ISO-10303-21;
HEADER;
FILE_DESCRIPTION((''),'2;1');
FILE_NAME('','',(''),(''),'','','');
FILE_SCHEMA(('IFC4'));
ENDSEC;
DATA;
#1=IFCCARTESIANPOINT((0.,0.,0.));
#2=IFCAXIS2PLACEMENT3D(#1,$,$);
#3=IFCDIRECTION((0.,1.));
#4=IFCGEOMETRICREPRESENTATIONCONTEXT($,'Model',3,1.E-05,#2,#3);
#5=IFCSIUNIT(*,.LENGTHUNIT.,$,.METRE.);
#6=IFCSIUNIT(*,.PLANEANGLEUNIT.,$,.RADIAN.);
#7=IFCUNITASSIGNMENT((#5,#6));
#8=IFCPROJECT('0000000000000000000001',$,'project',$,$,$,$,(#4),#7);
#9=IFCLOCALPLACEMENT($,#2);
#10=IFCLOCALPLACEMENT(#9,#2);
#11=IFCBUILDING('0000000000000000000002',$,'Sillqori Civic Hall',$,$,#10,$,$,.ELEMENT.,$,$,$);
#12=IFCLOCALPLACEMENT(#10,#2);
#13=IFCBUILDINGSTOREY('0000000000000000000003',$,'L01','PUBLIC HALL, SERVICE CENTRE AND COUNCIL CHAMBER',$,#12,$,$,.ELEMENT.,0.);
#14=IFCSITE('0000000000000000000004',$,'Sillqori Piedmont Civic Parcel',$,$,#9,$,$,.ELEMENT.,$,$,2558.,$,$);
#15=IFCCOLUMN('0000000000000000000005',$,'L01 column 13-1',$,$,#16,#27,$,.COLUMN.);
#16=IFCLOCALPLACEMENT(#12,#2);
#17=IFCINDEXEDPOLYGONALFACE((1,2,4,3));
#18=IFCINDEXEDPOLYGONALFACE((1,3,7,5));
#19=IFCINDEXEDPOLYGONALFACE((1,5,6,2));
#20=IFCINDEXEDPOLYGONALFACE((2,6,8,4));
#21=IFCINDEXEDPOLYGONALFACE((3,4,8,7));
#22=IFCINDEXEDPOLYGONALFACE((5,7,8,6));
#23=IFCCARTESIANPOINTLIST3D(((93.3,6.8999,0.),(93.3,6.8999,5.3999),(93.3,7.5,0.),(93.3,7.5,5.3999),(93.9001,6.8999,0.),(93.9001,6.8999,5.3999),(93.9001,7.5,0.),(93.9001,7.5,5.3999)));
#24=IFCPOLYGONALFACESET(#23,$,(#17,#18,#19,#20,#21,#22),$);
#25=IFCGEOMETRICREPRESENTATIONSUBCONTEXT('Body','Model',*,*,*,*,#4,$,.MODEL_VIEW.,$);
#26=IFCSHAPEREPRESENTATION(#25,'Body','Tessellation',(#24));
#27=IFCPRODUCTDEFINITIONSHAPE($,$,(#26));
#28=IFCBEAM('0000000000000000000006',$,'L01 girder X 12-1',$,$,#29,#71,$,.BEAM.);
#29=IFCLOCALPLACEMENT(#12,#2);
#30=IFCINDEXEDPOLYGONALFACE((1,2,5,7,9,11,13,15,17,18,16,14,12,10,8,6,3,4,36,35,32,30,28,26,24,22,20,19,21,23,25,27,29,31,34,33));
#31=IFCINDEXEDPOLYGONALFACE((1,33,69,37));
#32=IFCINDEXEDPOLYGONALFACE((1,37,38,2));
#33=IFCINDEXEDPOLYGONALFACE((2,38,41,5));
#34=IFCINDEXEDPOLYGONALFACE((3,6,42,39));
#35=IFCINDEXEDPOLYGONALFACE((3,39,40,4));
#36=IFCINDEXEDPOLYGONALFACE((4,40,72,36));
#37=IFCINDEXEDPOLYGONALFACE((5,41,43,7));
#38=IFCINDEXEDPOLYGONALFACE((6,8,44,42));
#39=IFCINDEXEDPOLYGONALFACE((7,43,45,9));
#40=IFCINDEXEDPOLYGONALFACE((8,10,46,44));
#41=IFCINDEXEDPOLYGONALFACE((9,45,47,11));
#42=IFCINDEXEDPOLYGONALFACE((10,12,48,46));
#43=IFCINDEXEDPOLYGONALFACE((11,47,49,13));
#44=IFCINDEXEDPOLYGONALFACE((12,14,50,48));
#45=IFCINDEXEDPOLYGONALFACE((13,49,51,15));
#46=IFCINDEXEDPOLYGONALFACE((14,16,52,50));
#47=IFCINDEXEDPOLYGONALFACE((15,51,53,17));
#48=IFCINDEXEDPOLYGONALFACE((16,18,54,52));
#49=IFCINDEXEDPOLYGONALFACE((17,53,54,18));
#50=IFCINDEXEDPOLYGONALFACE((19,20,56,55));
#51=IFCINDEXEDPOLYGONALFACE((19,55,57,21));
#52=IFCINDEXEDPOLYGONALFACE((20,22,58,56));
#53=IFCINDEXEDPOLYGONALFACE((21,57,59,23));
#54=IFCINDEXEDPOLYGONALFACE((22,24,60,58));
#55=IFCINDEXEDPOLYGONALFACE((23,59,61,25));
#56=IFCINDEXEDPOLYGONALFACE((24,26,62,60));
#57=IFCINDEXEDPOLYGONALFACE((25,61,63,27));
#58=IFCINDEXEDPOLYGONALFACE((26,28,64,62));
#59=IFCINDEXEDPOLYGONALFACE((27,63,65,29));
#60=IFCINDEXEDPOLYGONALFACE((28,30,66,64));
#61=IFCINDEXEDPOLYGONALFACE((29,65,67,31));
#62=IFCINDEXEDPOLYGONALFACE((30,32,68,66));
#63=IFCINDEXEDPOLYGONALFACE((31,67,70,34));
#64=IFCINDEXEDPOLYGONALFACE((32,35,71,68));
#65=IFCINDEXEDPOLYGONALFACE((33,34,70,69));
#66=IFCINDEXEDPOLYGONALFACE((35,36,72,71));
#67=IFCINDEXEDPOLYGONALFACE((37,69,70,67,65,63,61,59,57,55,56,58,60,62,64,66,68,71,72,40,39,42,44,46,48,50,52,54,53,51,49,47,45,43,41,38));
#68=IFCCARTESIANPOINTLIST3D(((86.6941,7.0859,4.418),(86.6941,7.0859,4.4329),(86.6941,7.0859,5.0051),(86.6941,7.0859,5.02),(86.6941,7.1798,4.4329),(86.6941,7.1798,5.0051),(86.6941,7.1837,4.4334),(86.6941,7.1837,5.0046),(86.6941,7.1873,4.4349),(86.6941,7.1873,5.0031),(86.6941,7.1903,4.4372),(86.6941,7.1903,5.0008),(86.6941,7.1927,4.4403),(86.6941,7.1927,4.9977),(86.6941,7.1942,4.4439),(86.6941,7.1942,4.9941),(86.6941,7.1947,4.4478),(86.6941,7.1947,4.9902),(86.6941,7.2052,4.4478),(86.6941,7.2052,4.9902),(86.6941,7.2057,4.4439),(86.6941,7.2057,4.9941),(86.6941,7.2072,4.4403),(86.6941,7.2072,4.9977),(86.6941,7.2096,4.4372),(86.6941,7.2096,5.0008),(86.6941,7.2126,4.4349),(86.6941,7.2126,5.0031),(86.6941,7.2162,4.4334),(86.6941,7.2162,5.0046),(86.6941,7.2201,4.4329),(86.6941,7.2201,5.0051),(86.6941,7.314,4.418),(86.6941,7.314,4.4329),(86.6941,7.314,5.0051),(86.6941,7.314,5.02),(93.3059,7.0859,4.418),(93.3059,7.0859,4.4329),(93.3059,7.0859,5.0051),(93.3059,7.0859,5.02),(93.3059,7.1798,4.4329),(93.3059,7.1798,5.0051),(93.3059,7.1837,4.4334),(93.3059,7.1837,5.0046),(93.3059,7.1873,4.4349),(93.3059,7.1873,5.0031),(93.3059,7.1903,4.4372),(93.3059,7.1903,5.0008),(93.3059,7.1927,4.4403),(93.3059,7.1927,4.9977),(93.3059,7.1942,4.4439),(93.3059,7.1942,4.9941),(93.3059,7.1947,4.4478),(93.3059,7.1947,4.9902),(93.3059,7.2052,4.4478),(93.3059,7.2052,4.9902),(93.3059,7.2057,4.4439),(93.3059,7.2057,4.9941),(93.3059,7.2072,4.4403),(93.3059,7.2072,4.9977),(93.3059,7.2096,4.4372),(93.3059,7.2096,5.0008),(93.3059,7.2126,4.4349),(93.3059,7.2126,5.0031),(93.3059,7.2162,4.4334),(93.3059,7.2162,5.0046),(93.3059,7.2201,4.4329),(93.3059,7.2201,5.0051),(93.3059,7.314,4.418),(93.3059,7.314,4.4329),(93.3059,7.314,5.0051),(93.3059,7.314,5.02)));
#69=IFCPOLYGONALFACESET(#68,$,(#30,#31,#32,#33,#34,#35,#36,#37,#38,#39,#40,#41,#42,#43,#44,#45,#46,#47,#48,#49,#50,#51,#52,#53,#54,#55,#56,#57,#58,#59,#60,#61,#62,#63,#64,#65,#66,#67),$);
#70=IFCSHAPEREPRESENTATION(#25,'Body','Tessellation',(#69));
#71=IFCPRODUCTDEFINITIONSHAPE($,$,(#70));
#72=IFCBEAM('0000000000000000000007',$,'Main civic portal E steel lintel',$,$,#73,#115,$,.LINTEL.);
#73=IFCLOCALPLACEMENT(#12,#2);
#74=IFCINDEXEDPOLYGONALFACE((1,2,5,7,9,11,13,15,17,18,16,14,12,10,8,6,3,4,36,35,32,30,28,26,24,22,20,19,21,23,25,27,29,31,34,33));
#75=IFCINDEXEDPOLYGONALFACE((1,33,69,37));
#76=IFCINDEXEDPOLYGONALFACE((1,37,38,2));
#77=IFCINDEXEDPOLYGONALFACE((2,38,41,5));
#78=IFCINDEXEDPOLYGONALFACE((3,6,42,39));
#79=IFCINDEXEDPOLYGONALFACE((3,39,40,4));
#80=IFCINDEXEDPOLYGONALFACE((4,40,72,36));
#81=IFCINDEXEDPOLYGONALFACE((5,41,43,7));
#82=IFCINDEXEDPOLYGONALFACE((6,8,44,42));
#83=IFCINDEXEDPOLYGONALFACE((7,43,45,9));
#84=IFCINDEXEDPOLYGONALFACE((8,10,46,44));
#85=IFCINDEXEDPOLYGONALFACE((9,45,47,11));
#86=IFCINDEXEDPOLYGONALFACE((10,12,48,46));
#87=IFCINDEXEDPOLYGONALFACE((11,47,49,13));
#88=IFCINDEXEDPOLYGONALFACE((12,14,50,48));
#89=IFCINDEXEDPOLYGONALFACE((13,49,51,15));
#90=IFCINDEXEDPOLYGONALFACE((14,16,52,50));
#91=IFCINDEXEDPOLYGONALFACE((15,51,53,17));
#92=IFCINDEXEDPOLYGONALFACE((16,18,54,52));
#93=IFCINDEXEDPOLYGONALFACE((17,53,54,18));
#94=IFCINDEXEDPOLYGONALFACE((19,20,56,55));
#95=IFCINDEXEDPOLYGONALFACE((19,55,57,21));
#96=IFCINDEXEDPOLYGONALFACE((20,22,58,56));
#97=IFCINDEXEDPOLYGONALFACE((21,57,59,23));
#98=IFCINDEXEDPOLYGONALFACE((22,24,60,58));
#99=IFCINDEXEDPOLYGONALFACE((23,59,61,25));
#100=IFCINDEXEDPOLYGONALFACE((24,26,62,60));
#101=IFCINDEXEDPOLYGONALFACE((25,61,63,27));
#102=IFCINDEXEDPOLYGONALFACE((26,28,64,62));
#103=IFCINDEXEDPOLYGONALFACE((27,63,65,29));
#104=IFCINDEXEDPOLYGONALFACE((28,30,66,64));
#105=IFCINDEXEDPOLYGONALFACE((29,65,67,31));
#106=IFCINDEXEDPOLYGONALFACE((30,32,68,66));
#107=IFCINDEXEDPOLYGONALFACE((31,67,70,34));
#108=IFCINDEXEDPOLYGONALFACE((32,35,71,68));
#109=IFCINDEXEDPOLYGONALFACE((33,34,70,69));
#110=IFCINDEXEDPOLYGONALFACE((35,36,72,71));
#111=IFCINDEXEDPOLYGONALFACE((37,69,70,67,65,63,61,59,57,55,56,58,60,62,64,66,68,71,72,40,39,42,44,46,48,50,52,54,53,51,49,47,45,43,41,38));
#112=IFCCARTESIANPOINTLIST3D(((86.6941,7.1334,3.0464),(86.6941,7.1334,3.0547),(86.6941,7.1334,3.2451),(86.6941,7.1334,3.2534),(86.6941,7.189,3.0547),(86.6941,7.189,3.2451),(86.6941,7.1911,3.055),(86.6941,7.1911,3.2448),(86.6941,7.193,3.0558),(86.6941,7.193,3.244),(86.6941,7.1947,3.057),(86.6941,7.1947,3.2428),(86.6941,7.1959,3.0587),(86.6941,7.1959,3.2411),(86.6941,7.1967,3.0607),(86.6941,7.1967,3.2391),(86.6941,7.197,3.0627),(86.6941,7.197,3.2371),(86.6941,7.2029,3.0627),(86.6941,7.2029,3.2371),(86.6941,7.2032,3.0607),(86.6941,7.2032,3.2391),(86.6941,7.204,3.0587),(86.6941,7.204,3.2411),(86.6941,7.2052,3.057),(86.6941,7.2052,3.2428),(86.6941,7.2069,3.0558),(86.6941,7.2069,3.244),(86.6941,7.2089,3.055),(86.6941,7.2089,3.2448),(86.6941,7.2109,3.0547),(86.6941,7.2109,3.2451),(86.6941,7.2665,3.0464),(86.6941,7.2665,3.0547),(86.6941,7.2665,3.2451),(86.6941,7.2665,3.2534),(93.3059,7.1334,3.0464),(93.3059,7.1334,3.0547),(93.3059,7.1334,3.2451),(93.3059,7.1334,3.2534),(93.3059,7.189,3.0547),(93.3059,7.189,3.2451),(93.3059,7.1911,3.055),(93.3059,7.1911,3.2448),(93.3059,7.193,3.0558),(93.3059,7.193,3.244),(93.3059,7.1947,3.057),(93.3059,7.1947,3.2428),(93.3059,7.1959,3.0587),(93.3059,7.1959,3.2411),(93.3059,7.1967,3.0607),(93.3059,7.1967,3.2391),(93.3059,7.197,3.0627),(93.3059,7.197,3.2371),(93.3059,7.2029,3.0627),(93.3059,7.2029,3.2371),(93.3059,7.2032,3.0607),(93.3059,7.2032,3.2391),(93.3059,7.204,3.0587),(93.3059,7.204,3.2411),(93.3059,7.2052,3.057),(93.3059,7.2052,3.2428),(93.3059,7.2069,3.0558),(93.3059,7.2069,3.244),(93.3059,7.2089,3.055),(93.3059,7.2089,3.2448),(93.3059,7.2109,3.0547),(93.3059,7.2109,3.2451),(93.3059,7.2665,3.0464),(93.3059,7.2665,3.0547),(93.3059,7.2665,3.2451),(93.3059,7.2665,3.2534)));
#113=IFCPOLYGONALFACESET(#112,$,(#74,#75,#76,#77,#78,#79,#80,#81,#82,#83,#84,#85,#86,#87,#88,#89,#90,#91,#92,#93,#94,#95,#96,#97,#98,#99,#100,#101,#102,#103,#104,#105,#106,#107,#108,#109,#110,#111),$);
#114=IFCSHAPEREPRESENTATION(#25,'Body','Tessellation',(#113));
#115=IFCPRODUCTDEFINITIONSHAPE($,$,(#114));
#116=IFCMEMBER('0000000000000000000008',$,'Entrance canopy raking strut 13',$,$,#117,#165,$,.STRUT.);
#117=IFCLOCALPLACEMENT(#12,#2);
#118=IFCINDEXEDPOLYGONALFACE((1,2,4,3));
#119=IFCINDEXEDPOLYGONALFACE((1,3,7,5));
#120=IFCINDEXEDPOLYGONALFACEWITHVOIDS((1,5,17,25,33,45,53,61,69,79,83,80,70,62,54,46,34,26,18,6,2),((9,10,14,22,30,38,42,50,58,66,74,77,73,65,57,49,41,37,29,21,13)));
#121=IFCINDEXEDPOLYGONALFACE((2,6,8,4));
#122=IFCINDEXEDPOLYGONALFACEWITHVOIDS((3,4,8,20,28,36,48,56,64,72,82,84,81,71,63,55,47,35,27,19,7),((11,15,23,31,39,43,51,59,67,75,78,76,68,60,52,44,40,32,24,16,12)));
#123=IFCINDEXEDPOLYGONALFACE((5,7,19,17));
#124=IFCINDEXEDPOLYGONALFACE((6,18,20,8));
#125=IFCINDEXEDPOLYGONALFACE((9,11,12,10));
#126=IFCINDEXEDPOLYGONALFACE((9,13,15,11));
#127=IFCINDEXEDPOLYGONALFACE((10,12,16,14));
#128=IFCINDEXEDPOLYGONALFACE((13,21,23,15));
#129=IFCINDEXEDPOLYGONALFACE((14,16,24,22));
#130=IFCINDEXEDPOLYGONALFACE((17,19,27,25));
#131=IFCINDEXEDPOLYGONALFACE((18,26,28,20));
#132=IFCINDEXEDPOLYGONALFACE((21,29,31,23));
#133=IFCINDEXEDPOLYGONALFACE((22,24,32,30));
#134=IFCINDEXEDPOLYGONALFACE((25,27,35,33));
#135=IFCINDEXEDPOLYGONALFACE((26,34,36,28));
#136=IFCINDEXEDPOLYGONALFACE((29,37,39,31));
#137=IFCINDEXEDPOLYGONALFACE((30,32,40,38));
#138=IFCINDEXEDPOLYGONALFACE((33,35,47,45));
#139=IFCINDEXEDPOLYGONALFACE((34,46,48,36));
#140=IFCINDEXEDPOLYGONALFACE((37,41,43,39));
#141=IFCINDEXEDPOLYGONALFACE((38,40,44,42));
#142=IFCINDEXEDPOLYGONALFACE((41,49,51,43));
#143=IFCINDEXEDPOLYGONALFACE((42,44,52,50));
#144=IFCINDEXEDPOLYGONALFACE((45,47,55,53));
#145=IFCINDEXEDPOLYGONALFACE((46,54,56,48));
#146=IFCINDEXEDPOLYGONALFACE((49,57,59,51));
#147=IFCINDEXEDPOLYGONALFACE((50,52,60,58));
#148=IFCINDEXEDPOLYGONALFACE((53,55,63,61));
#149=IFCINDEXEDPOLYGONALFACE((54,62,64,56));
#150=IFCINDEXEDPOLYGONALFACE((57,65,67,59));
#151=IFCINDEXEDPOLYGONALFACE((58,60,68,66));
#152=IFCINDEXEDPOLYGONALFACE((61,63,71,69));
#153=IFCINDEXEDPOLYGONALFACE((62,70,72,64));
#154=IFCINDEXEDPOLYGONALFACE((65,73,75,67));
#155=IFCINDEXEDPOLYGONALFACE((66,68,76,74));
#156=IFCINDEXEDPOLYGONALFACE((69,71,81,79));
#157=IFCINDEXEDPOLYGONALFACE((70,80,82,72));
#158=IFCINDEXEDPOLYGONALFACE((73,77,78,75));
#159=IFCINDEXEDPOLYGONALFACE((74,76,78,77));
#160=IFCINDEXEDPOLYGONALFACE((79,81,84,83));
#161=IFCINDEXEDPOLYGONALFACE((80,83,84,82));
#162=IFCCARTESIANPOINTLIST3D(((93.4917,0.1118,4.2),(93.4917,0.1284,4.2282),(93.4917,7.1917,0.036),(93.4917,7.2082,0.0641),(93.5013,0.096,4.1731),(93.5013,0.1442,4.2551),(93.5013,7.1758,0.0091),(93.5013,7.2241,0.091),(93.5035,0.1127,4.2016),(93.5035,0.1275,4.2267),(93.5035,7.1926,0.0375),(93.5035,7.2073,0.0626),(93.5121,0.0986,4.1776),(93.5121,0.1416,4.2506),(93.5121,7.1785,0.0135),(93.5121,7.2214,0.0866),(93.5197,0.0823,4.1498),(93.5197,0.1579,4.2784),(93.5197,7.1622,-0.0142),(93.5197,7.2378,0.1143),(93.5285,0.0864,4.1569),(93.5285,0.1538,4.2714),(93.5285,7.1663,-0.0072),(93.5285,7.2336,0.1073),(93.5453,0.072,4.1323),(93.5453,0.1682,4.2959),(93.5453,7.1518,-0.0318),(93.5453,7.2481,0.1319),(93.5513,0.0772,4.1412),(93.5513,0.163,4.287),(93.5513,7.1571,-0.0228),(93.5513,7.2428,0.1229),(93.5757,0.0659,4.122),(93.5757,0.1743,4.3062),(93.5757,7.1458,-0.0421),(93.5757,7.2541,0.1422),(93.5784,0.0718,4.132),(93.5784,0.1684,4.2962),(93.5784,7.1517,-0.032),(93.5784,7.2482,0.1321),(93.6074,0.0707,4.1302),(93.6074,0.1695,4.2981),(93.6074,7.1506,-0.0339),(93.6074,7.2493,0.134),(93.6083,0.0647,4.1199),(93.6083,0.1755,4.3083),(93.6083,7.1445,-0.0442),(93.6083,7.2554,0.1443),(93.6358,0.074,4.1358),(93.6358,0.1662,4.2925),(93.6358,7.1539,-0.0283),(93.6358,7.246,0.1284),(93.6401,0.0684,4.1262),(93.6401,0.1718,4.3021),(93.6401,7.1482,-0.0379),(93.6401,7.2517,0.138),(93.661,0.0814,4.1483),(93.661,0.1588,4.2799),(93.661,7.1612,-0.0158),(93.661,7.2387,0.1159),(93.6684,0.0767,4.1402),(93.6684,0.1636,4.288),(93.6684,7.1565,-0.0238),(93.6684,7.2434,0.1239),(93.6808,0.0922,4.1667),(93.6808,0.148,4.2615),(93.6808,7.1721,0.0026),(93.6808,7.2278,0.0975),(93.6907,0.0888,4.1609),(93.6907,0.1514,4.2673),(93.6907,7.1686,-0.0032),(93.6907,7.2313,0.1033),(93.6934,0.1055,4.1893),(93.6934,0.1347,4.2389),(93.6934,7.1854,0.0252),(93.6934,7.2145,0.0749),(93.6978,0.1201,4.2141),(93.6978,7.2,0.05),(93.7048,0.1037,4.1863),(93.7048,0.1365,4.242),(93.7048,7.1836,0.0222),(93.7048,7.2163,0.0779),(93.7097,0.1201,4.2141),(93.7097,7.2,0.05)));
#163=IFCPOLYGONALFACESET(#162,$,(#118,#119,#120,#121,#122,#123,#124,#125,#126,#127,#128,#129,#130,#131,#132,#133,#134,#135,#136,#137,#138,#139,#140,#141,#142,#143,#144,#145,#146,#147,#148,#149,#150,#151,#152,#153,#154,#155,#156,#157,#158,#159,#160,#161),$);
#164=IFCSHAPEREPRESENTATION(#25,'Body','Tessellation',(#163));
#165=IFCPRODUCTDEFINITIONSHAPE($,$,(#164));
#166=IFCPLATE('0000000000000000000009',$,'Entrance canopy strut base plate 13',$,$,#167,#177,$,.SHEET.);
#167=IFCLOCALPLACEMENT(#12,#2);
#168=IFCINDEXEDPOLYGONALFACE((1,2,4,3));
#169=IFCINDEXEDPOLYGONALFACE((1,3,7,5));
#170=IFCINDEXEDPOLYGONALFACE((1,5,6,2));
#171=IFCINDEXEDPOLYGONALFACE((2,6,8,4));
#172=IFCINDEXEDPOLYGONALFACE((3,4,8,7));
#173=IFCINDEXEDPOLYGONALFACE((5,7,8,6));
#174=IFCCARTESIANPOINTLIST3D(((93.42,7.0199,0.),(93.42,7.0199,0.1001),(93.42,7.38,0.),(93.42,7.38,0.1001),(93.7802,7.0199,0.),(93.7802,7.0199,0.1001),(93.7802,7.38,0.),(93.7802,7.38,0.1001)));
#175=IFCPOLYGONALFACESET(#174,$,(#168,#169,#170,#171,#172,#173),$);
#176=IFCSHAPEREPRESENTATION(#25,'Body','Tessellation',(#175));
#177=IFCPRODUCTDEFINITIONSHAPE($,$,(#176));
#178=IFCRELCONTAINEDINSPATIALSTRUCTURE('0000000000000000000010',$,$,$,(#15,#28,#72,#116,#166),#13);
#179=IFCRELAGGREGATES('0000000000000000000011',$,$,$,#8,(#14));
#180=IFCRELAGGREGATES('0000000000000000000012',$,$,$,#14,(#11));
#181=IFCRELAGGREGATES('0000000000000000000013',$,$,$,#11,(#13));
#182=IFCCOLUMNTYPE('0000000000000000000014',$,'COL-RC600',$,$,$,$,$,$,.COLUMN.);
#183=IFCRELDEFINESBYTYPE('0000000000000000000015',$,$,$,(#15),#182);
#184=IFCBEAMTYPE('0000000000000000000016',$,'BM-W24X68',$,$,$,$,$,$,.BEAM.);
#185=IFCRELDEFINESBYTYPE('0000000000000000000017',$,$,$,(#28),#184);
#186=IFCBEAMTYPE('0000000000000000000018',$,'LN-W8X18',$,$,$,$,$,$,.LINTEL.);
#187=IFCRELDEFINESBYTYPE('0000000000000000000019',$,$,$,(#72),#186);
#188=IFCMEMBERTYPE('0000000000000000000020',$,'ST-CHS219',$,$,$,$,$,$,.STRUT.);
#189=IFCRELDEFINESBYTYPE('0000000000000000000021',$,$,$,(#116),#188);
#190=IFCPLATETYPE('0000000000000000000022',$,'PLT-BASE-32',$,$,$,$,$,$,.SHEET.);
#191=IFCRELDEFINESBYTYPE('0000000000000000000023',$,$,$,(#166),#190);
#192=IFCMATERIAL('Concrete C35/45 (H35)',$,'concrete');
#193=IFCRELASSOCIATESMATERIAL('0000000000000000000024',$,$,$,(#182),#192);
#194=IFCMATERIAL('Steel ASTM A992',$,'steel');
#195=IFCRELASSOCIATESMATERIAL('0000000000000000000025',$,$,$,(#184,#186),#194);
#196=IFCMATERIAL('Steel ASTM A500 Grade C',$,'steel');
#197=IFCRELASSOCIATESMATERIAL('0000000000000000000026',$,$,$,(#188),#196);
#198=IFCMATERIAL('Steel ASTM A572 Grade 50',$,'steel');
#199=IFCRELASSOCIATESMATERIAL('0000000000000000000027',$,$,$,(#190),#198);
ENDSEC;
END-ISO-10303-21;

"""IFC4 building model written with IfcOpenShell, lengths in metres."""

from ifc_helpers import new_model, si_unit, direction, frame, origin, origin_2d, place, context, subcontext, project, spatial, rectangle, hollow_circle, i_section, extrude, material, material_profile, profile_set, type_object, element, save


model = new_model("IFC4")

# Units and contexts
model_context = context("Model", 3, precision=1e-05, world=origin(), true_north=direction((0.0, 1.0)))
body_context = subcontext(model_context, "Body", "Model", "MODEL_VIEW")
ifc_project = project(units=[si_unit("LENGTHUNIT", "METRE"), si_unit("PLANEANGLEUNIT", "RADIAN")], contexts=[model_context])

# Site, building, storey
site_placement = place(None, origin())
site = spatial("IfcSite", under=ifc_project, at=site_placement, Name="Sillqori Piedmont Civic Parcel", CompositionType="ELEMENT", RefElevation=2558.0)
building_placement = place(site_placement, origin())
building = spatial("IfcBuilding", under=site, at=building_placement, Name="Sillqori Civic Hall", CompositionType="ELEMENT")
storey_placement = place(building_placement, origin())
storey = spatial("IfcBuildingStorey", under=building, at=storey_placement, Name="L01", Description="PUBLIC HALL, SERVICE CENTRE AND COUNCIL CHAMBER", CompositionType="ELEMENT", Elevation=0.0)

# Column
ifc_material_1 = material(Name="Concrete C35/45 (H35)", Category="concrete")
ifc_material_profile_1 = material_profile(ifc_material_1, rectangle(XDim=0.6001, YDim=0.6001, at=origin_2d()), Name="RC 600x600")
ifc_profile_set_1 = profile_set([ifc_material_profile_1], Name="Concrete C35/45 (H35)")
column_type = type_object("IfcColumnType", Name="COL-RC600", PredefinedType="COLUMN", material=ifc_profile_set_1)
column_placement = place(storey_placement, frame((93.6001, 7.2, 0.0), z_axis=(0.0, 0.0, 1.0), x_axis=(1.0, 0.0, 0.0)))
element("IfcColumn", 1, at=column_placement, inside=storey, type_object=column_type, Name="L01 column 13-1", PredefinedType="COLUMN", context=body_context, shape_type="SweptSolid", body=[
    extrude(rectangle(XDim=0.6001, YDim=0.6001, at=origin_2d()), origin(), (0.0, 0.0, 1.0), 5.3999),
])

# Beams
ifc_material_2 = material(Name="Steel ASTM A992", Category="steel")
ifc_material_profile_2 = material_profile(ifc_material_2, i_section(OverallWidth=0.228, OverallDepth=0.6021, WebThickness=0.0105, FlangeThickness=0.0149, FilletRadius=0.0149, at=origin_2d()), Name="W24X68")
ifc_profile_set_2 = profile_set([ifc_material_profile_2], Name="Steel ASTM A992")
beam_type_1 = type_object("IfcBeamType", Name="BM-W24X68", PredefinedType="BEAM", material=ifc_profile_set_2)
beam_1_placement = place(storey_placement, frame((86.6941, 7.2, 4.719), z_axis=(1.0, 0.0, 0.0), x_axis=(0.0, 1.0, 0.0)))
element("IfcBeam", 2, at=beam_1_placement, inside=storey, type_object=beam_type_1, Name="L01 girder X 12-1", PredefinedType="BEAM", context=body_context, shape_type="SweptSolid", body=[
    extrude(i_section(OverallWidth=0.228, OverallDepth=0.6021, WebThickness=0.0105, FlangeThickness=0.0149, FilletRadius=0.0149, at=origin_2d()), origin(), (0.0, 0.0, 1.0), 6.6118),
])
ifc_material_profile_3 = material_profile(ifc_material_2, i_section(OverallWidth=0.1331, OverallDepth=0.207, WebThickness=0.0059, FlangeThickness=0.0083, FilletRadius=0.0081, at=origin_2d()), Name="W8X18")
ifc_profile_set_3 = profile_set([ifc_material_profile_3], Name="Steel ASTM A992")
beam_type_2 = type_object("IfcBeamType", Name="LN-W8X18", PredefinedType="LINTEL", material=ifc_profile_set_3)
beam_2_placement = place(storey_placement, frame((86.6941, 7.2, 3.1499), z_axis=(1.0, 0.0, 0.0), x_axis=(0.0, 1.0, 0.0)))
element("IfcBeam", 3, at=beam_2_placement, inside=storey, type_object=beam_type_2, Name="Main civic portal E steel lintel", PredefinedType="LINTEL", context=body_context, shape_type="SweptSolid", body=[
    extrude(i_section(OverallWidth=0.1331, OverallDepth=0.207, WebThickness=0.0059, FlangeThickness=0.0083, FilletRadius=0.0081, at=origin_2d()), origin(), (0.0, 0.0, 1.0), 6.6118),
])

# Member
ifc_material_3 = material(Name="Steel ASTM A500 Grade C", Category="steel")
ifc_material_profile_4 = material_profile(ifc_material_3, hollow_circle(Radius=0.1096, WallThickness=0.012, at=origin_2d()), Name="CHS219X12")
ifc_profile_set_4 = profile_set([ifc_material_profile_4], Name="Steel ASTM A500 Grade C")
member_type = type_object("IfcMemberType", Name="ST-CHS219", PredefinedType="STRUT", material=ifc_profile_set_4)
member_placement = place(storey_placement, frame((93.6001, 7.2, 0.05), z_axis=(0.0, -0.861963, 0.506971), x_axis=(1.0, 0.0, 0.0)))
element("IfcMember", 4, at=member_placement, inside=storey, type_object=member_type, Name="Entrance canopy raking strut 13", PredefinedType="STRUT", context=body_context, shape_type="SweptSolid", body=[
    extrude(hollow_circle(Radius=0.1096, WallThickness=0.012, at=origin_2d()), origin(), (0.0, 0.0, 1.0), 8.2136),
])

# Plate
ifc_material_4 = material(Name="Steel ASTM A572 Grade 50", Category="steel")
plate_type_1 = type_object("IfcPlateType", Name="PLT-BASE-32", PredefinedType="SHEET", material=ifc_material_4)
plate_1_placement = place(storey_placement, frame((93.6001, 7.2, 0.0), z_axis=(0.0, 0.0, 1.0), x_axis=(1.0, 0.0, 0.0)))
element("IfcPlate", 5, at=plate_1_placement, inside=storey, type_object=plate_type_1, Name="Entrance canopy strut base plate 13", PredefinedType="SHEET", context=body_context, shape_type="SweptSolid", body=[
    extrude(rectangle(XDim=0.3601, YDim=0.3601, at=origin_2d()), origin(), (0.0, 0.0, 1.0), 0.1001),
])

save(model, "model.ifc")
